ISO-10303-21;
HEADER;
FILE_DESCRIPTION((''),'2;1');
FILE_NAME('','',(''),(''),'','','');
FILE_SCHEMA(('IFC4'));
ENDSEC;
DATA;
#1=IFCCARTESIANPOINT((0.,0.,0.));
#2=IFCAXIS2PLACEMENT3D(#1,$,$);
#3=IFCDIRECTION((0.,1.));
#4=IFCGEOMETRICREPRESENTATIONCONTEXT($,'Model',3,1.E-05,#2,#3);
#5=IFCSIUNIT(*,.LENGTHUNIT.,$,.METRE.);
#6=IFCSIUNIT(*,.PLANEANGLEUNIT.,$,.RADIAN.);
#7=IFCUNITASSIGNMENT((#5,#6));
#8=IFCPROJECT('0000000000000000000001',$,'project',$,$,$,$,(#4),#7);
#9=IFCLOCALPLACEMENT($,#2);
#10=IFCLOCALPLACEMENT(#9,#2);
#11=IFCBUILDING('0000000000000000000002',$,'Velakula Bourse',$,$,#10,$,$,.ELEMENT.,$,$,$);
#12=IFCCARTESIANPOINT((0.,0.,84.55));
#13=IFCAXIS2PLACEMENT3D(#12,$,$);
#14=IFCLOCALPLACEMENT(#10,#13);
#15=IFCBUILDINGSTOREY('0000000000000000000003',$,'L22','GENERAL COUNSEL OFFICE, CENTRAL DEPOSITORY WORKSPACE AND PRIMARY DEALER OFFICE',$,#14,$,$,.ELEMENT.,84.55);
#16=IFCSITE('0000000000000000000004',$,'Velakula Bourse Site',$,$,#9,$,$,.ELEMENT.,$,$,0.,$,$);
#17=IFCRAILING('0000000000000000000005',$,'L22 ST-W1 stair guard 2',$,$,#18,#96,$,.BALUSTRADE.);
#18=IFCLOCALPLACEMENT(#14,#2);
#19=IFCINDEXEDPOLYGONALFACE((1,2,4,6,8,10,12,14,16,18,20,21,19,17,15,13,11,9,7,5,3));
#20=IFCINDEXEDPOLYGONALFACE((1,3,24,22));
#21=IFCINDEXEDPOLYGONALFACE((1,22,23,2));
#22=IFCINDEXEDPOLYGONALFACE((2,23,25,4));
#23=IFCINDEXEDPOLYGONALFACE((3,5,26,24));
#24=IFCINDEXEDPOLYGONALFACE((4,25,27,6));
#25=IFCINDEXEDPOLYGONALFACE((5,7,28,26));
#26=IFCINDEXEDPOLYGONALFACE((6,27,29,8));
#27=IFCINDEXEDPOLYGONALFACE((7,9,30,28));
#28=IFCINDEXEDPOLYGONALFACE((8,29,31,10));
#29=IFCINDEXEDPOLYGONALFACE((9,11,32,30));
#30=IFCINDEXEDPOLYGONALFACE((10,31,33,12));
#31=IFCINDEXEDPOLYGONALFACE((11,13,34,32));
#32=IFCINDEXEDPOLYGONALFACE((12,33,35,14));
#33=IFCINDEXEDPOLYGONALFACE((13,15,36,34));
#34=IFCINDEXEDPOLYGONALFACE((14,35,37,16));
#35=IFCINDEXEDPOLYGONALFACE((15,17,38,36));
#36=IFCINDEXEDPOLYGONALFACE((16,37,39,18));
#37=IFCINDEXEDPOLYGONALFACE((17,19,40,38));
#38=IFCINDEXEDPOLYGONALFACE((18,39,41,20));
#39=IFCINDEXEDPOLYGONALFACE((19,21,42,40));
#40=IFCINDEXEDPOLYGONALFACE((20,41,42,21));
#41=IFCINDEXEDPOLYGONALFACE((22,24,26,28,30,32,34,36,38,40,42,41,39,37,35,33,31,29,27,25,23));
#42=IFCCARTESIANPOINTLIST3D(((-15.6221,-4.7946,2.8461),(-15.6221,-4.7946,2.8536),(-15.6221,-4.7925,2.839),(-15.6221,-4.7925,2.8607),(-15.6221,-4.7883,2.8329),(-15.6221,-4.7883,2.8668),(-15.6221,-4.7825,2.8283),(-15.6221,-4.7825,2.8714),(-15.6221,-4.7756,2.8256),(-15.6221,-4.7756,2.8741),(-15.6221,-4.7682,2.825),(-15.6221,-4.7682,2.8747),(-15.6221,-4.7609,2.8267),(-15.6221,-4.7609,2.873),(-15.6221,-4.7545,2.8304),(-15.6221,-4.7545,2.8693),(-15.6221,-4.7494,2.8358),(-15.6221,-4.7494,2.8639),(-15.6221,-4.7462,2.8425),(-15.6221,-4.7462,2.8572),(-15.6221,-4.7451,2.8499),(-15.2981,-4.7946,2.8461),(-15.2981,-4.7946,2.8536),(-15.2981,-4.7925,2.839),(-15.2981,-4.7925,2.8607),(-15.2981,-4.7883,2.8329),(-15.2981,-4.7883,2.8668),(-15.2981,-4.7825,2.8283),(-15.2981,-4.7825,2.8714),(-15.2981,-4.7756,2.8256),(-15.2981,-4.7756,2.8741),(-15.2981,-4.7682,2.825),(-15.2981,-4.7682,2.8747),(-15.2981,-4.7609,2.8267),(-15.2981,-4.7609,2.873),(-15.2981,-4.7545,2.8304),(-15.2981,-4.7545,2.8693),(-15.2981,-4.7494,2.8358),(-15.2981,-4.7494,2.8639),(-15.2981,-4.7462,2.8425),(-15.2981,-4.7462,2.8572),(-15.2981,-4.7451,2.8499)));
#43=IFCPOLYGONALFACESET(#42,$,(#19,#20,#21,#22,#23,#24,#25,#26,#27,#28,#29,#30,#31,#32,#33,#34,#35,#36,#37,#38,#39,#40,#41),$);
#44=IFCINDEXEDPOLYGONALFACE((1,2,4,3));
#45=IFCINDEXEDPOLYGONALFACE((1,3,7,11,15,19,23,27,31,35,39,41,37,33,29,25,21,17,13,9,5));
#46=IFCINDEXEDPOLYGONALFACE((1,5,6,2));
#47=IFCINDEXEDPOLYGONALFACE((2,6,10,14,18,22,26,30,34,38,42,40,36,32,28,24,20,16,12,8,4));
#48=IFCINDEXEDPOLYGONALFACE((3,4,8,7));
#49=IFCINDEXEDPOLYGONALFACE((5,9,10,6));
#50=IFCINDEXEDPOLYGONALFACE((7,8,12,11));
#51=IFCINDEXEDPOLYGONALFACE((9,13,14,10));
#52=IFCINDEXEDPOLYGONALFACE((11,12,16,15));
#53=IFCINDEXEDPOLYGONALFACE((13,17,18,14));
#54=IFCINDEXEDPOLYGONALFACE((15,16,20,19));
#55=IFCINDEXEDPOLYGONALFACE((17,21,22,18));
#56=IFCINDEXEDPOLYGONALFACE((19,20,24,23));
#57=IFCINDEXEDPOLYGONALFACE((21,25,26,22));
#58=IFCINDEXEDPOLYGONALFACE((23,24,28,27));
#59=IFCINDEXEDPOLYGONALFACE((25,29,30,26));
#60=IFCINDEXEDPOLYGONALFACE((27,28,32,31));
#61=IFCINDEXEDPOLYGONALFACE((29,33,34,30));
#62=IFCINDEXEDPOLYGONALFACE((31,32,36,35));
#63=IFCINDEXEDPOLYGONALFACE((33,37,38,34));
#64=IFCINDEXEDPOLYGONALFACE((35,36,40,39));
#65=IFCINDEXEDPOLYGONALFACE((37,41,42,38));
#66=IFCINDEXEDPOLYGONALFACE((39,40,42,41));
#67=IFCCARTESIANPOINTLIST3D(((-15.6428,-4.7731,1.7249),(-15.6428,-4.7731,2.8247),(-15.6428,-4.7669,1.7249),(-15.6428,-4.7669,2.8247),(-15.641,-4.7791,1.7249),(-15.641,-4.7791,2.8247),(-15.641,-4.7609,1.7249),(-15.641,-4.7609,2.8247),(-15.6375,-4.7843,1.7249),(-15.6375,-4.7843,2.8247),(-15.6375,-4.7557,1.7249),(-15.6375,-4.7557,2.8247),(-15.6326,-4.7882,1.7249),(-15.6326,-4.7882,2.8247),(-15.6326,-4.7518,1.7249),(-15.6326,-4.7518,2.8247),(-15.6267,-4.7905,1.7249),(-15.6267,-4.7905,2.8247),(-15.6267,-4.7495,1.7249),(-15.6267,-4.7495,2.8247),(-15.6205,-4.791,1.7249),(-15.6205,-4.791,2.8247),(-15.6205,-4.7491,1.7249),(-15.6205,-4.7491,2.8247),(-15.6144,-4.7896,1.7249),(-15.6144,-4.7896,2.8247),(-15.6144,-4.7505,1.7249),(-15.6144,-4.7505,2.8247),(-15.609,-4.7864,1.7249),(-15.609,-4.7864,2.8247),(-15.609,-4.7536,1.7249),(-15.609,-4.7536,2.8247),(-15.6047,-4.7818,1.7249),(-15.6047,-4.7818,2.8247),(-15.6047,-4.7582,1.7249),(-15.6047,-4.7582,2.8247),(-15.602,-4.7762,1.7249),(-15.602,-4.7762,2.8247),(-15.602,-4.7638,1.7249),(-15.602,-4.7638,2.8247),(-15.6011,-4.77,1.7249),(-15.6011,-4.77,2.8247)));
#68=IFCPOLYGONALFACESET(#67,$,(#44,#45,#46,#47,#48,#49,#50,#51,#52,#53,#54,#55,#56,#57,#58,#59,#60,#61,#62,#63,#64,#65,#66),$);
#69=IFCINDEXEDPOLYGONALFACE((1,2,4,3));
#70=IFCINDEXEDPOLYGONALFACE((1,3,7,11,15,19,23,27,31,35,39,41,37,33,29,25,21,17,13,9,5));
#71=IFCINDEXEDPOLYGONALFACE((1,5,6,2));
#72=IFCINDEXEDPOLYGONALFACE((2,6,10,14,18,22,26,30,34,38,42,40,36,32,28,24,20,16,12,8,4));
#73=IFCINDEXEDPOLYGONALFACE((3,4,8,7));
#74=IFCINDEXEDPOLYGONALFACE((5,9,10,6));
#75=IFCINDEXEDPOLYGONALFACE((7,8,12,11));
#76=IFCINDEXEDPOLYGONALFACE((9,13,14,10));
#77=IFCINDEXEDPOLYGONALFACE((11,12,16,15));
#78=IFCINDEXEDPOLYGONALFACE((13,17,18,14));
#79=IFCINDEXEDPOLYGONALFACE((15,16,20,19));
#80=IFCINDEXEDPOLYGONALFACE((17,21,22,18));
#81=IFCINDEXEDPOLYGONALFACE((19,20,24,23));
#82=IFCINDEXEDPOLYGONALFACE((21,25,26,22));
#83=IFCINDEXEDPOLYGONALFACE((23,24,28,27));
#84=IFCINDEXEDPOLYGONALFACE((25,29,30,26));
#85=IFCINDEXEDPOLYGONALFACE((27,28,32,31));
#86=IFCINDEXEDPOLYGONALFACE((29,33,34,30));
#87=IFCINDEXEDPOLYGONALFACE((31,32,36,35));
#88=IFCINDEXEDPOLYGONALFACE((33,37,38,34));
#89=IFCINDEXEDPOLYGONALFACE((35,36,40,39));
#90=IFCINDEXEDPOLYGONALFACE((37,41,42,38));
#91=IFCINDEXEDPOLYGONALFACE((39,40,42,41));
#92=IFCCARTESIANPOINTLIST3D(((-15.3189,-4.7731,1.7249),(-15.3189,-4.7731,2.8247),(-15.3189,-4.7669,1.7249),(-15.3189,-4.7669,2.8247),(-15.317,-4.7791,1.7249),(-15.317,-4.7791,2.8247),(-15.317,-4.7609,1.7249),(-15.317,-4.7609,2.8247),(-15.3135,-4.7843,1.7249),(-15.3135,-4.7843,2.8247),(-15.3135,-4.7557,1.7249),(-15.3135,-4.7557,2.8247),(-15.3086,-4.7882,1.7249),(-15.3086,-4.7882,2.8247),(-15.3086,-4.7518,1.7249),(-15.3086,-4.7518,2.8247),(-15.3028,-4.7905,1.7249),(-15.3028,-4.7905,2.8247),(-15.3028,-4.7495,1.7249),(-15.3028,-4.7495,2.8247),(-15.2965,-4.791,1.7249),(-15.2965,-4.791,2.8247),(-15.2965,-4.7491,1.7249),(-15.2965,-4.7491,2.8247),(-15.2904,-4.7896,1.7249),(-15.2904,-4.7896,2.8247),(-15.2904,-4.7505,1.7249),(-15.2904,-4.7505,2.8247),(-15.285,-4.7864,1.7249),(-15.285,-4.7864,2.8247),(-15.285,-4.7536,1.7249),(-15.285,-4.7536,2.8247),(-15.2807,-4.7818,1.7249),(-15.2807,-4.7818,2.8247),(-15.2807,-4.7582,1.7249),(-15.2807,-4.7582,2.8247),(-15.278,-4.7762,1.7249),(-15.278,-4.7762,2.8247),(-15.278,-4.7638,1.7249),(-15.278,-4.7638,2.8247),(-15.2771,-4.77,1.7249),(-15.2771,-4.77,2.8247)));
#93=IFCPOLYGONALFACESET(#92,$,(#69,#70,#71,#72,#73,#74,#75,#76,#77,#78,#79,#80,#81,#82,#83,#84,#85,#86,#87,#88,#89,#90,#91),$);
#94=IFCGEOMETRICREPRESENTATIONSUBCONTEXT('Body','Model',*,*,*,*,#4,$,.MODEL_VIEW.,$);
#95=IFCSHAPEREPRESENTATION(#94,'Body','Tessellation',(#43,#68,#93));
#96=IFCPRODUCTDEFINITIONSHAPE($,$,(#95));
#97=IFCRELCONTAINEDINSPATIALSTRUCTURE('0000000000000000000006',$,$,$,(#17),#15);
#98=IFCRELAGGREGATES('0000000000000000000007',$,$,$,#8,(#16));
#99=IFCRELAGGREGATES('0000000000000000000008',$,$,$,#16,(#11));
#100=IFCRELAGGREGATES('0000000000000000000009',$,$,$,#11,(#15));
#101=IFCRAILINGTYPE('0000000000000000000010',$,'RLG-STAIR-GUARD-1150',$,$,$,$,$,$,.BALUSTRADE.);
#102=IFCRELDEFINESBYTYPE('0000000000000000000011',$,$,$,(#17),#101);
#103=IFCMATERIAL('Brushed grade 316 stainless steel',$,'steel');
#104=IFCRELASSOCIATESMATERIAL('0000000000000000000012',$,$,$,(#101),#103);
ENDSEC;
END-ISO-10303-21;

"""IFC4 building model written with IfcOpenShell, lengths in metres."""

from ifc_helpers import new_model, si_unit, direction, frame, origin, origin_2d, place, context, subcontext, project, spatial, circle, extrude, material, type_object, element, save


model = new_model("IFC4")

# Units and contexts
model_context = context("Model", 3, precision=1e-05, world=origin(), true_north=direction((0.0, 1.0)))
body_context = subcontext(model_context, "Body", "Model", "MODEL_VIEW")
ifc_project = project(units=[si_unit("LENGTHUNIT", "METRE"), si_unit("PLANEANGLEUNIT", "RADIAN")], contexts=[model_context])

# Site, building, storey
site_placement = place(None, origin())
site = spatial("IfcSite", under=ifc_project, at=site_placement, Name="Velakula Bourse Site", CompositionType="ELEMENT", RefElevation=0.0)
building_placement = place(site_placement, origin())
building = spatial("IfcBuilding", under=site, at=building_placement, Name="Velakula Bourse", CompositionType="ELEMENT")
storey_placement = place(building_placement, frame((0.0, 0.0, 84.55)))
storey = spatial("IfcBuildingStorey", under=building, at=storey_placement, Name="L22", Description="GENERAL COUNSEL OFFICE, CENTRAL DEPOSITORY WORKSPACE AND PRIMARY DEALER OFFICE", CompositionType="ELEMENT", Elevation=84.55)

# Shared definitions
ifc_material_1 = material(Name="Brushed grade 316 stainless steel", Category="steel")

# Railing
railing_type_1 = type_object("IfcRailingType", Name="RLG-STAIR-GUARD-1150", PredefinedType="BALUSTRADE", material=ifc_material_1)
railing_1_placement = place(storey_placement, frame((-15.6221, -4.77, 1.7249)))
element("IfcRailing", 1, at=railing_1_placement, inside=storey, type_object=railing_type_1, Name="L22 ST-W1 stair guard 2", PredefinedType="BALUSTRADE", context=body_context, shape_type="SweptSolid", body=[
    extrude(circle(Radius=0.0249, at=origin_2d()), frame((0.0, 0.0, 1.125), z_axis=(1.0, 0.0, 0.0), x_axis=(0.0, 1.0, 0.0)), (0.0, 0.0, 1.0), 0.324),
    extrude(circle(Radius=0.021, at=origin_2d()), origin(), (0.0, 0.0, 1.0), 1.0999),
    extrude(circle(Radius=0.021, at=origin_2d()), frame((0.324, 0.0, 0.0)), (0.0, 0.0, 1.0), 1.0999),
])

save(model, "model.ifc")
